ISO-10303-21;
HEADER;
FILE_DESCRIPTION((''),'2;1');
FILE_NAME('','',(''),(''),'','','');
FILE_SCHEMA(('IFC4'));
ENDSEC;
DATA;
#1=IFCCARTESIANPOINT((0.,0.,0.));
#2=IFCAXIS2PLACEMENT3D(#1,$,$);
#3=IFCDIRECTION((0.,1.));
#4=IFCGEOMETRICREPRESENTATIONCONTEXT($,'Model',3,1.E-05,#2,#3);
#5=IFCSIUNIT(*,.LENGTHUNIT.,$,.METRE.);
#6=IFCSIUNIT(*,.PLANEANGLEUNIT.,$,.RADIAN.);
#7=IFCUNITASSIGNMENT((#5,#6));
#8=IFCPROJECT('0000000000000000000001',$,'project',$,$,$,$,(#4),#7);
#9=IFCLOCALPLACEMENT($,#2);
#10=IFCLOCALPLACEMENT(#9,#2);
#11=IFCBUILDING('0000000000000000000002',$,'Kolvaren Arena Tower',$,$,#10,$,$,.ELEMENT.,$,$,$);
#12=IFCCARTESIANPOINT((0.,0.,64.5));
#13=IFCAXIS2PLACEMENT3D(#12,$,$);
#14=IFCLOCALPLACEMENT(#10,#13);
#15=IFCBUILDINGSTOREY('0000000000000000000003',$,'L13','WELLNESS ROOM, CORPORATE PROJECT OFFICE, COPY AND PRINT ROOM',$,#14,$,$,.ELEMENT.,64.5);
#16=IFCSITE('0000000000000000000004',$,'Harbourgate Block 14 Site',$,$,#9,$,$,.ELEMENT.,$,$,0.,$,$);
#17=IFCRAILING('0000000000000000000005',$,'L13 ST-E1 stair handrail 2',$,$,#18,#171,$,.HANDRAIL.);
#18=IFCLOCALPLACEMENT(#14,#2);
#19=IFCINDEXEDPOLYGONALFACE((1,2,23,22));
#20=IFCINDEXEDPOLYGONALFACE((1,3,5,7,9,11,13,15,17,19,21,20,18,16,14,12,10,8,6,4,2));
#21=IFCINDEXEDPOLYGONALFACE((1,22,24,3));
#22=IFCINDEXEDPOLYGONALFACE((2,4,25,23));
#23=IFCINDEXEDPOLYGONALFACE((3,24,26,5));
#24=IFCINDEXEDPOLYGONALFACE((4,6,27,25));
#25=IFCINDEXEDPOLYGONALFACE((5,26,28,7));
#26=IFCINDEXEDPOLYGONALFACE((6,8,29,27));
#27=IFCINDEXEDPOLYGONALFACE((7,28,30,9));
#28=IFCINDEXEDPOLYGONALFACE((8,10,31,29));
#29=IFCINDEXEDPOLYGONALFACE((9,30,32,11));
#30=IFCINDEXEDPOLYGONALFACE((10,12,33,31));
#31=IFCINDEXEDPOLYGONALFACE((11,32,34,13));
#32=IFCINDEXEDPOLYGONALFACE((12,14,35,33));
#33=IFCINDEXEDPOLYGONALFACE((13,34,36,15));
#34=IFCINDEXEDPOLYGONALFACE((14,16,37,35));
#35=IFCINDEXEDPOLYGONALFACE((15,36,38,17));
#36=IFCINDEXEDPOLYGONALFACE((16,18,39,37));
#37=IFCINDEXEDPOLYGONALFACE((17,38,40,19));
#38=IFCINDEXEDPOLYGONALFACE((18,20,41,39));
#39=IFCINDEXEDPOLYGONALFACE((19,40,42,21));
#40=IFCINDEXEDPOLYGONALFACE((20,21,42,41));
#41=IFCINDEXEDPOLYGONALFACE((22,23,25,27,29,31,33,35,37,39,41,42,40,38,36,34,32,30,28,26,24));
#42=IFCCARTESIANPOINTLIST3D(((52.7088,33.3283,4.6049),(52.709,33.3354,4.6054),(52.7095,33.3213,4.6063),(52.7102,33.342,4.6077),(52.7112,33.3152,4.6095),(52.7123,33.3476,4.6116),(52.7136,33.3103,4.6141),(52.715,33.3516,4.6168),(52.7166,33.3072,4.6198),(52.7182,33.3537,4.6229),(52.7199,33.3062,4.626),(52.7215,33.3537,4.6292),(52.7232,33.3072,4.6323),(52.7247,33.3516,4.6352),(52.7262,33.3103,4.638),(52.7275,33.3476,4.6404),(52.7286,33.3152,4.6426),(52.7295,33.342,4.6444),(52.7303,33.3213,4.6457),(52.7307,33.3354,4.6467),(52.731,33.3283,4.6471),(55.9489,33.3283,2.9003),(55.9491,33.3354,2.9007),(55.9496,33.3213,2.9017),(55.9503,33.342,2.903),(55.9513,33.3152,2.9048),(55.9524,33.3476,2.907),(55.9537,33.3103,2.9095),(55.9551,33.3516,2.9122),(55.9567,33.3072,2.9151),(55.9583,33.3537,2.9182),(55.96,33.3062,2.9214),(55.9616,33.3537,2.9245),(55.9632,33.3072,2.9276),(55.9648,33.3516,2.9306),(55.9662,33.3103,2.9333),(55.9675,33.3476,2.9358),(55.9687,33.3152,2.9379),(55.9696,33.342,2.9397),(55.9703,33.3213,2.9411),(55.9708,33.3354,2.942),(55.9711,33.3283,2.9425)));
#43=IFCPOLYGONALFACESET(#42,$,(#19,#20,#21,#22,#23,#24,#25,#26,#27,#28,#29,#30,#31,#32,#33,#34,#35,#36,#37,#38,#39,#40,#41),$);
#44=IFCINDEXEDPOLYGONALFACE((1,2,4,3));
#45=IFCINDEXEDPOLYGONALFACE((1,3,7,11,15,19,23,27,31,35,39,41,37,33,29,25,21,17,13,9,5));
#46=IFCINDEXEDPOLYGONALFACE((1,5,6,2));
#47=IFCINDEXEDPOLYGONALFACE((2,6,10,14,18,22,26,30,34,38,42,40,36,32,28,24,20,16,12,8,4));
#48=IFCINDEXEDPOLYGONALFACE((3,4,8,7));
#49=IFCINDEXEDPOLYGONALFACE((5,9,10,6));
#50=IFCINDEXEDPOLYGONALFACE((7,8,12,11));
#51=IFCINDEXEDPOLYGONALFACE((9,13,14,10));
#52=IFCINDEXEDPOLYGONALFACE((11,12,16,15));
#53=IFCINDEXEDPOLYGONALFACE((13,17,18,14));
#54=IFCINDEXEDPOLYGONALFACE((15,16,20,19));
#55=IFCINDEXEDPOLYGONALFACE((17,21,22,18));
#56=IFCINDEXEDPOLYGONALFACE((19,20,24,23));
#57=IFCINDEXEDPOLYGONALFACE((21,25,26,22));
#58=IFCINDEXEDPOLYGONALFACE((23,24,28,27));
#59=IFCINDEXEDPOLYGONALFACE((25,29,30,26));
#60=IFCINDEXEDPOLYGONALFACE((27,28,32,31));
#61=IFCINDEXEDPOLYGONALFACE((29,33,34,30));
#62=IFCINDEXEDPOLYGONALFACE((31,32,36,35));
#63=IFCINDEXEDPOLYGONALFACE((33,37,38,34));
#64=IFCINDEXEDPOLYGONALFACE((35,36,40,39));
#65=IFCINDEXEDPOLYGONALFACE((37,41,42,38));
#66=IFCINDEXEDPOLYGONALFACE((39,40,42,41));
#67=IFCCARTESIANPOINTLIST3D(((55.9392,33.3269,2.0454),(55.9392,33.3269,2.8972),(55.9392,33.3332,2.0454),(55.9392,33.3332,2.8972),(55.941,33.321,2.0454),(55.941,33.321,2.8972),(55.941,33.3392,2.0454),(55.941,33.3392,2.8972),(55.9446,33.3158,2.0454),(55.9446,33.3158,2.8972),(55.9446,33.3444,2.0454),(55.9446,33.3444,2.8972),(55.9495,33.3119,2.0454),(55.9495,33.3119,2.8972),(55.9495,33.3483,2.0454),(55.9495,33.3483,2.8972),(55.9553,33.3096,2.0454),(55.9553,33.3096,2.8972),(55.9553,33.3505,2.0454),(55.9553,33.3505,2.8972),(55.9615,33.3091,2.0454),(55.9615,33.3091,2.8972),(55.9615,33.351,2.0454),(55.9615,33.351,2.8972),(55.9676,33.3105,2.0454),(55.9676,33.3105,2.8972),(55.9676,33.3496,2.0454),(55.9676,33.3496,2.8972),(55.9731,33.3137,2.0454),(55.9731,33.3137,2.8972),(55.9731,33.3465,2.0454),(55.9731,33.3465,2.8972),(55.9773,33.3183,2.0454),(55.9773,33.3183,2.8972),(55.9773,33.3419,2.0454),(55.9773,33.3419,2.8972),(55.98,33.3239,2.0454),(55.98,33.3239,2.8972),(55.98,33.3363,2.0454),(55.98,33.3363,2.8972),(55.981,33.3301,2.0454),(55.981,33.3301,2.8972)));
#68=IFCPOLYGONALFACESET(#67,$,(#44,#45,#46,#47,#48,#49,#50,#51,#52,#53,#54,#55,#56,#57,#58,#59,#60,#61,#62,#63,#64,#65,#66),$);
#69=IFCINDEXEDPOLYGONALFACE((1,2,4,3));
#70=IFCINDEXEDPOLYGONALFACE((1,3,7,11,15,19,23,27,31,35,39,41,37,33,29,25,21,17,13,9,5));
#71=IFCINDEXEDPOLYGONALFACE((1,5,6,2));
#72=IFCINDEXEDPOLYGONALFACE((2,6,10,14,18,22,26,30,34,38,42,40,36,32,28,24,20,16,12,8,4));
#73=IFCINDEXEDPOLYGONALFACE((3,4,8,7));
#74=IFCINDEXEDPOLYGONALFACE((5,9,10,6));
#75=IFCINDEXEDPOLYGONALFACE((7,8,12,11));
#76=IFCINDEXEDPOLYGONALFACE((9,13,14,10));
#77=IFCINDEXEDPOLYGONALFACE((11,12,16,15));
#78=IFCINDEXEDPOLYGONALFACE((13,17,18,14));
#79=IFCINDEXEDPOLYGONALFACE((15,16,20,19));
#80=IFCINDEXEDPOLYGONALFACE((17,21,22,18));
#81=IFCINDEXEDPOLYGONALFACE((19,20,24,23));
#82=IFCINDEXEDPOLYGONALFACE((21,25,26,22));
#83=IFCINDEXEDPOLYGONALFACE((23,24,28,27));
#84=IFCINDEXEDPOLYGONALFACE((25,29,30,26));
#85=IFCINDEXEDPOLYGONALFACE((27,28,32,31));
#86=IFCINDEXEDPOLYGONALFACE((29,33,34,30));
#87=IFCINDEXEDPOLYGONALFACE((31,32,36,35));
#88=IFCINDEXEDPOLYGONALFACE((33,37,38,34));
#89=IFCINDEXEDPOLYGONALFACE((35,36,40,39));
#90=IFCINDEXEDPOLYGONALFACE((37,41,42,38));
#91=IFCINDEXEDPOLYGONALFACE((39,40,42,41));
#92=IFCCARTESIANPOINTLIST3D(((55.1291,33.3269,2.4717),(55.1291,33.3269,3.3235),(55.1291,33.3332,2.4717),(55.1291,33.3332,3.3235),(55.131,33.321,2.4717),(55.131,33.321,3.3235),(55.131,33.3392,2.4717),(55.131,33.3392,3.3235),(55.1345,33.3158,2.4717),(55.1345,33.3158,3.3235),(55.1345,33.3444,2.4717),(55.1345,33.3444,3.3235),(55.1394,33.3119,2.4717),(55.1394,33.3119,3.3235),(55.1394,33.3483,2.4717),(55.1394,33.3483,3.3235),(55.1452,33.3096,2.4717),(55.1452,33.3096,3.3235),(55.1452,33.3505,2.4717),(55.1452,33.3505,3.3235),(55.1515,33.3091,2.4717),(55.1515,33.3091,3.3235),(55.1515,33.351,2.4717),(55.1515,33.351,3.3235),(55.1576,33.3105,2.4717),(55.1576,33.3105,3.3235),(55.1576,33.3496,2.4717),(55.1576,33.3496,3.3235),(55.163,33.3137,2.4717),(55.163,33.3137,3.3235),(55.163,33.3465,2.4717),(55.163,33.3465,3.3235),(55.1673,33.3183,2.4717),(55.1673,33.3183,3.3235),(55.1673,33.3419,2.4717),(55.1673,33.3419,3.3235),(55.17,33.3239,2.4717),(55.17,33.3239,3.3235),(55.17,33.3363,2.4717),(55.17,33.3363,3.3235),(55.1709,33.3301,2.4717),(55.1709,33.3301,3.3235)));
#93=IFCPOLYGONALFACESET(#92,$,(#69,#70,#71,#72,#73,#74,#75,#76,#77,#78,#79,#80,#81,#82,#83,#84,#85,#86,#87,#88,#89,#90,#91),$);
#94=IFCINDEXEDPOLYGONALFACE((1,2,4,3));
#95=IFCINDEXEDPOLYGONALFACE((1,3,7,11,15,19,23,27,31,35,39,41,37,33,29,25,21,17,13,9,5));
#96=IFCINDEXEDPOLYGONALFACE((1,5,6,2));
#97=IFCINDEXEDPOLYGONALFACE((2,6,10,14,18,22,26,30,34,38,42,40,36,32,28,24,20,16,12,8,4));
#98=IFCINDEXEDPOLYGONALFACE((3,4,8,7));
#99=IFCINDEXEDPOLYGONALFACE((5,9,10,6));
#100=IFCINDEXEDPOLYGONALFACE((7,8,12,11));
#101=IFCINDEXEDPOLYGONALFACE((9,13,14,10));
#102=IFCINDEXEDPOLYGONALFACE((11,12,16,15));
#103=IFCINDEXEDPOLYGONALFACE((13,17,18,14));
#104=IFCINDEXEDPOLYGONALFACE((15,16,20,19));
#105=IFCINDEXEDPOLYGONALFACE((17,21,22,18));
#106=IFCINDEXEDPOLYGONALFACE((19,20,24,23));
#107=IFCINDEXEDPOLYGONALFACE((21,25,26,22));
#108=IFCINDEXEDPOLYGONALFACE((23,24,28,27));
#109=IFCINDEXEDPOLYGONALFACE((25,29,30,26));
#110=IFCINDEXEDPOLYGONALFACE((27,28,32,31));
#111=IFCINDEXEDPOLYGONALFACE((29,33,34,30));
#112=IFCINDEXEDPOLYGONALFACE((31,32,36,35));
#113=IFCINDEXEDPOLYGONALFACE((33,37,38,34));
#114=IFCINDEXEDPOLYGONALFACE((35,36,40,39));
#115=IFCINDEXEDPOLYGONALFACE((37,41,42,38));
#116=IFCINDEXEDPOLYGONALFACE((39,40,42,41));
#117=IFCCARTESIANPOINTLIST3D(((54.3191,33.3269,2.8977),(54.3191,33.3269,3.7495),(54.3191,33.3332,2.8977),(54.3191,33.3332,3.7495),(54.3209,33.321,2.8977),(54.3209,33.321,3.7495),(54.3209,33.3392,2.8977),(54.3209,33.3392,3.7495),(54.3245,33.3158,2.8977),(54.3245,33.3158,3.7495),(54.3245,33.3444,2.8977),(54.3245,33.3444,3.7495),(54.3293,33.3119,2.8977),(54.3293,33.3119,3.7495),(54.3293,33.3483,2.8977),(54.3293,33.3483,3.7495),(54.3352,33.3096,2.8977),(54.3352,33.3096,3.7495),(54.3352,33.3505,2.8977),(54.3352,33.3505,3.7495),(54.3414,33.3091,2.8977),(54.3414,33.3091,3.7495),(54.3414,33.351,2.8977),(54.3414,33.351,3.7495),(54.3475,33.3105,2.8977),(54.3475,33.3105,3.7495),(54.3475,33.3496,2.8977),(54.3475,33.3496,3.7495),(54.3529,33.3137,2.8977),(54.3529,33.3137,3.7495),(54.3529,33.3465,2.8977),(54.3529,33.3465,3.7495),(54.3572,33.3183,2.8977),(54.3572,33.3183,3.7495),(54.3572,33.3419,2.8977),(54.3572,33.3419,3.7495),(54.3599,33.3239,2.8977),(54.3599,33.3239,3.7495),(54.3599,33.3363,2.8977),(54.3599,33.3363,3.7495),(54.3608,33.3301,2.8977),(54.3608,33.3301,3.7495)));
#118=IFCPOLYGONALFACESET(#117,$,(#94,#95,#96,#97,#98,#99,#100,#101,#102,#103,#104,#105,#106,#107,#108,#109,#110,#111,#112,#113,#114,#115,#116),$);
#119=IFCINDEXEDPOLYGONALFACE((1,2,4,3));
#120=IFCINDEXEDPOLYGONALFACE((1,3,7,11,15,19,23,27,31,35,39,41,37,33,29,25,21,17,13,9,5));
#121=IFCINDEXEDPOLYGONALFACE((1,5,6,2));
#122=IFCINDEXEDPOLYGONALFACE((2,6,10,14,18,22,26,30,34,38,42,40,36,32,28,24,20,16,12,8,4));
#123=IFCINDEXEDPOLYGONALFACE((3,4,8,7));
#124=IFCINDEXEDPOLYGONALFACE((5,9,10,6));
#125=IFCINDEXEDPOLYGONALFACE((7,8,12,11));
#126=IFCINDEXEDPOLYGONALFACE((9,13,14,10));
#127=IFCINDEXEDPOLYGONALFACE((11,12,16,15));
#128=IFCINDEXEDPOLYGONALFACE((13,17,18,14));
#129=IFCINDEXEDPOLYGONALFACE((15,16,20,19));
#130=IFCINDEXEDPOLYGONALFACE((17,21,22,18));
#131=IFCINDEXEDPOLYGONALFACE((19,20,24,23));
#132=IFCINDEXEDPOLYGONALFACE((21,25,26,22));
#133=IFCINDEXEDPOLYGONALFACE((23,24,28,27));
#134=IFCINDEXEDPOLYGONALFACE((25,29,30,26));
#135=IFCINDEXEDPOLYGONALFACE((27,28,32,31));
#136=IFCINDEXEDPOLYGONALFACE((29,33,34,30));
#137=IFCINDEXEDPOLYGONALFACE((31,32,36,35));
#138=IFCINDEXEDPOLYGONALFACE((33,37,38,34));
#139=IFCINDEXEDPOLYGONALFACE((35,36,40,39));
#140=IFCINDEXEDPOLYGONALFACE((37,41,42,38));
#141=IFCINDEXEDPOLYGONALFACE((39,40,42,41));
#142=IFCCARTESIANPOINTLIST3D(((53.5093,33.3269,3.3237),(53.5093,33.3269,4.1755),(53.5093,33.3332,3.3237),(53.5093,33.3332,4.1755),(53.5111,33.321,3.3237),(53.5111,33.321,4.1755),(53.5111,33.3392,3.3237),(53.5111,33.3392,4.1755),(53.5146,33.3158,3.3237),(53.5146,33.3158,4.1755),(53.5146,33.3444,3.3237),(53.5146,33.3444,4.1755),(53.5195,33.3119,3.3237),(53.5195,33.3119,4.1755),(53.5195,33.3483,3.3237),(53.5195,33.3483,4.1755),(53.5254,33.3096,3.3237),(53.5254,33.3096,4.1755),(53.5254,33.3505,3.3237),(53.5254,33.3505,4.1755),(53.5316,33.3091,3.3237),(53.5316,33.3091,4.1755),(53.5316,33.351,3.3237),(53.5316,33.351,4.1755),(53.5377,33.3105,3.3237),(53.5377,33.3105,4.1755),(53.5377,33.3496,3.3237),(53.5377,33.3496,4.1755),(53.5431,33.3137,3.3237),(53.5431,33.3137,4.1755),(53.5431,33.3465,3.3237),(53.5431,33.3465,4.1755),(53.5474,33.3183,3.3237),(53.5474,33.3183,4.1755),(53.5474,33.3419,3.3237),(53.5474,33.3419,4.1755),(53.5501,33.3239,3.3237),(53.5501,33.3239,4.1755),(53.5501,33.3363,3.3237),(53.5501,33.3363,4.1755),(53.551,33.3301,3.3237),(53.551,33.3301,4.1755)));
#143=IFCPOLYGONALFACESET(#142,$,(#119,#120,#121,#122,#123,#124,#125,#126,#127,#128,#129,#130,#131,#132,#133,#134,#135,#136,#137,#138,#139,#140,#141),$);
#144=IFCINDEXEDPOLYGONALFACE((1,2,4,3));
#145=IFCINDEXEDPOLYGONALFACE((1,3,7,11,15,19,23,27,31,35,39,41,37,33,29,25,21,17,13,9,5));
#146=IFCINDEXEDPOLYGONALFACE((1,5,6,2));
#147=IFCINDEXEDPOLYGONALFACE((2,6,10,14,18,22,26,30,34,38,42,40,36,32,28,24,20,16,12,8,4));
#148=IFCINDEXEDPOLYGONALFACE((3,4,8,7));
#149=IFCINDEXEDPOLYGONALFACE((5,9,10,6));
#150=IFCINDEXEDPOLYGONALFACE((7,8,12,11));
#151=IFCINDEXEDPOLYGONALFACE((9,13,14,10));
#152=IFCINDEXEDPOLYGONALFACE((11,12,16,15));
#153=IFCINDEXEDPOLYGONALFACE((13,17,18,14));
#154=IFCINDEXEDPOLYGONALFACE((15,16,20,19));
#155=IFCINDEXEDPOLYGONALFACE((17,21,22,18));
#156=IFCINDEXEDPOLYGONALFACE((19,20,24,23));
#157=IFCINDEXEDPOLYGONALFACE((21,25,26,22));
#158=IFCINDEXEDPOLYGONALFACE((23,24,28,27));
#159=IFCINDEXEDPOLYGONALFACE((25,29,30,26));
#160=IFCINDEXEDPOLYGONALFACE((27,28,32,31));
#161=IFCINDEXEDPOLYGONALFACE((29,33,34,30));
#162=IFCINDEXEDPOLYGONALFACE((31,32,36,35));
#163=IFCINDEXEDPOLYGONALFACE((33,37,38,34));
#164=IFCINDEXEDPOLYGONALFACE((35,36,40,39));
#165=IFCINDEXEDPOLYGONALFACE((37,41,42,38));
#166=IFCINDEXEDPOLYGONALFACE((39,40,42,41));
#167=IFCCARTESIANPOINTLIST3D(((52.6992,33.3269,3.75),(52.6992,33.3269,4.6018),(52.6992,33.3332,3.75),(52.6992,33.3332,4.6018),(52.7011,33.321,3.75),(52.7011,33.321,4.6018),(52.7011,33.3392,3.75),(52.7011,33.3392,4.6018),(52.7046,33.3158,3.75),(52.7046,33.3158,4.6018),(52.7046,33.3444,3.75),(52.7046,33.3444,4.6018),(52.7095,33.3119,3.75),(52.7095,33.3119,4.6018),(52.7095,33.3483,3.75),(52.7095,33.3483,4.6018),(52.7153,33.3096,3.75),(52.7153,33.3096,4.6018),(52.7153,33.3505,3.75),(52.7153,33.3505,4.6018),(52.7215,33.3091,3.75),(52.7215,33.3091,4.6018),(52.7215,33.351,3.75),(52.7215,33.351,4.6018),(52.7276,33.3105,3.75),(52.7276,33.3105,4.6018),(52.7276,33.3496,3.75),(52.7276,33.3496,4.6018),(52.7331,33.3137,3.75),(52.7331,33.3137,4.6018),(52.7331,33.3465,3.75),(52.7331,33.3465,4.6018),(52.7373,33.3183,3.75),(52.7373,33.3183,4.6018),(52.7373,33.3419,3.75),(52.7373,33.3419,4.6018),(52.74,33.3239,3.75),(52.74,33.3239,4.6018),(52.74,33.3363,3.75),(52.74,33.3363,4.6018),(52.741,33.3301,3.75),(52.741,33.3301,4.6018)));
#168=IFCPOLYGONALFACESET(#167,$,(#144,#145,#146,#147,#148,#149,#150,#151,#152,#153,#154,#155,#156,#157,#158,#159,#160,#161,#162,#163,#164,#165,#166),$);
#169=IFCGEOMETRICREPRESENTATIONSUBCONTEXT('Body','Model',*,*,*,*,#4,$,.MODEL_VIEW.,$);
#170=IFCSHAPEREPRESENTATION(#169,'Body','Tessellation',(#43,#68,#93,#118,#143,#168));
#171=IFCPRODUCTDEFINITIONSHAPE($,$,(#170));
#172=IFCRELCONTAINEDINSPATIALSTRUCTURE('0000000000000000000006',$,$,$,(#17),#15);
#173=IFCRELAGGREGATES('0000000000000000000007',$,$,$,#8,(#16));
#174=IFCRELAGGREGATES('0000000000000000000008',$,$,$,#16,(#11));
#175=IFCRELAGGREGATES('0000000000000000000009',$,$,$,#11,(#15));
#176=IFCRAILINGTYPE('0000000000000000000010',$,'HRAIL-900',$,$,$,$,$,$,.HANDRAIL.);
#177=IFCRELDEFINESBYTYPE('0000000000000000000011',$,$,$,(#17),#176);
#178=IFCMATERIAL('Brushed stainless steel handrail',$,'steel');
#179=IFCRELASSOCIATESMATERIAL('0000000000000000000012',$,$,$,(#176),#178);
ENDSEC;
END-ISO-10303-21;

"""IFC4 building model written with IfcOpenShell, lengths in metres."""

from ifc_helpers import new_model, si_unit, direction, frame, origin, origin_2d, place, context, subcontext, project, spatial, circle, extrude, material, type_object, element, save


model = new_model("IFC4")

# Units and contexts
model_context = context("Model", 3, precision=1e-05, world=origin(), true_north=direction((0.0, 1.0)))
body_context = subcontext(model_context, "Body", "Model", "MODEL_VIEW")
ifc_project = project(units=[si_unit("LENGTHUNIT", "METRE"), si_unit("PLANEANGLEUNIT", "RADIAN")], contexts=[model_context])

# Site, building, storey
site_placement = place(None, origin())
site = spatial("IfcSite", under=ifc_project, at=site_placement, Name="Harbourgate Block 14 Site", CompositionType="ELEMENT", RefElevation=0.0)
building_placement = place(site_placement, origin())
building = spatial("IfcBuilding", under=site, at=building_placement, Name="Kolvaren Arena Tower", CompositionType="ELEMENT")
storey_placement = place(building_placement, frame((0.0, 0.0, 64.5)))
storey = spatial("IfcBuildingStorey", under=building, at=storey_placement, Name="L13", Description="WELLNESS ROOM, CORPORATE PROJECT OFFICE, COPY AND PRINT ROOM", CompositionType="ELEMENT", Elevation=64.5)

# Railing
ifc_material_1 = material(Name="Brushed stainless steel handrail", Category="steel")
railing_type_1 = type_object("IfcRailingType", Name="HRAIL-900", PredefinedType="HANDRAIL", material=ifc_material_1)
railing_1_placement = place(storey_placement, frame((55.96, 33.3301, 2.0454)))
element("IfcRailing", 1, at=railing_1_placement, inside=storey, type_object=railing_type_1, Name="L13 ST-E1 stair handrail 2", PredefinedType="HANDRAIL", context=body_context, shape_type="SweptSolid", body=[
    extrude(circle(Radius=0.0239, at=origin_2d()), frame((0.0, 0.0, 0.876), z_axis=(-0.884993, 0.0, 0.465604), x_axis=(0.0, -1.0, 0.0)), (0.0, 0.0, 1.0), 3.6611),
    extrude(circle(Radius=0.021, at=origin_2d()), origin(), (0.0, 0.0, 1.0), 0.8518),
    extrude(circle(Radius=0.021, at=origin_2d()), frame((-0.8101, 0.0, 0.4263)), (0.0, 0.0, 1.0), 0.8518),
    extrude(circle(Radius=0.021, at=origin_2d()), frame((-1.6201, 0.0, 0.8523)), (0.0, 0.0, 1.0), 0.8518),
    extrude(circle(Radius=0.021, at=origin_2d()), frame((-2.4299, 0.0, 1.2783)), (0.0, 0.0, 1.0), 0.8518),
    extrude(circle(Radius=0.021, at=origin_2d()), frame((-3.24, 0.0, 1.7046)), (0.0, 0.0, 1.0), 0.8518),
])

save(model, "model.ifc")
